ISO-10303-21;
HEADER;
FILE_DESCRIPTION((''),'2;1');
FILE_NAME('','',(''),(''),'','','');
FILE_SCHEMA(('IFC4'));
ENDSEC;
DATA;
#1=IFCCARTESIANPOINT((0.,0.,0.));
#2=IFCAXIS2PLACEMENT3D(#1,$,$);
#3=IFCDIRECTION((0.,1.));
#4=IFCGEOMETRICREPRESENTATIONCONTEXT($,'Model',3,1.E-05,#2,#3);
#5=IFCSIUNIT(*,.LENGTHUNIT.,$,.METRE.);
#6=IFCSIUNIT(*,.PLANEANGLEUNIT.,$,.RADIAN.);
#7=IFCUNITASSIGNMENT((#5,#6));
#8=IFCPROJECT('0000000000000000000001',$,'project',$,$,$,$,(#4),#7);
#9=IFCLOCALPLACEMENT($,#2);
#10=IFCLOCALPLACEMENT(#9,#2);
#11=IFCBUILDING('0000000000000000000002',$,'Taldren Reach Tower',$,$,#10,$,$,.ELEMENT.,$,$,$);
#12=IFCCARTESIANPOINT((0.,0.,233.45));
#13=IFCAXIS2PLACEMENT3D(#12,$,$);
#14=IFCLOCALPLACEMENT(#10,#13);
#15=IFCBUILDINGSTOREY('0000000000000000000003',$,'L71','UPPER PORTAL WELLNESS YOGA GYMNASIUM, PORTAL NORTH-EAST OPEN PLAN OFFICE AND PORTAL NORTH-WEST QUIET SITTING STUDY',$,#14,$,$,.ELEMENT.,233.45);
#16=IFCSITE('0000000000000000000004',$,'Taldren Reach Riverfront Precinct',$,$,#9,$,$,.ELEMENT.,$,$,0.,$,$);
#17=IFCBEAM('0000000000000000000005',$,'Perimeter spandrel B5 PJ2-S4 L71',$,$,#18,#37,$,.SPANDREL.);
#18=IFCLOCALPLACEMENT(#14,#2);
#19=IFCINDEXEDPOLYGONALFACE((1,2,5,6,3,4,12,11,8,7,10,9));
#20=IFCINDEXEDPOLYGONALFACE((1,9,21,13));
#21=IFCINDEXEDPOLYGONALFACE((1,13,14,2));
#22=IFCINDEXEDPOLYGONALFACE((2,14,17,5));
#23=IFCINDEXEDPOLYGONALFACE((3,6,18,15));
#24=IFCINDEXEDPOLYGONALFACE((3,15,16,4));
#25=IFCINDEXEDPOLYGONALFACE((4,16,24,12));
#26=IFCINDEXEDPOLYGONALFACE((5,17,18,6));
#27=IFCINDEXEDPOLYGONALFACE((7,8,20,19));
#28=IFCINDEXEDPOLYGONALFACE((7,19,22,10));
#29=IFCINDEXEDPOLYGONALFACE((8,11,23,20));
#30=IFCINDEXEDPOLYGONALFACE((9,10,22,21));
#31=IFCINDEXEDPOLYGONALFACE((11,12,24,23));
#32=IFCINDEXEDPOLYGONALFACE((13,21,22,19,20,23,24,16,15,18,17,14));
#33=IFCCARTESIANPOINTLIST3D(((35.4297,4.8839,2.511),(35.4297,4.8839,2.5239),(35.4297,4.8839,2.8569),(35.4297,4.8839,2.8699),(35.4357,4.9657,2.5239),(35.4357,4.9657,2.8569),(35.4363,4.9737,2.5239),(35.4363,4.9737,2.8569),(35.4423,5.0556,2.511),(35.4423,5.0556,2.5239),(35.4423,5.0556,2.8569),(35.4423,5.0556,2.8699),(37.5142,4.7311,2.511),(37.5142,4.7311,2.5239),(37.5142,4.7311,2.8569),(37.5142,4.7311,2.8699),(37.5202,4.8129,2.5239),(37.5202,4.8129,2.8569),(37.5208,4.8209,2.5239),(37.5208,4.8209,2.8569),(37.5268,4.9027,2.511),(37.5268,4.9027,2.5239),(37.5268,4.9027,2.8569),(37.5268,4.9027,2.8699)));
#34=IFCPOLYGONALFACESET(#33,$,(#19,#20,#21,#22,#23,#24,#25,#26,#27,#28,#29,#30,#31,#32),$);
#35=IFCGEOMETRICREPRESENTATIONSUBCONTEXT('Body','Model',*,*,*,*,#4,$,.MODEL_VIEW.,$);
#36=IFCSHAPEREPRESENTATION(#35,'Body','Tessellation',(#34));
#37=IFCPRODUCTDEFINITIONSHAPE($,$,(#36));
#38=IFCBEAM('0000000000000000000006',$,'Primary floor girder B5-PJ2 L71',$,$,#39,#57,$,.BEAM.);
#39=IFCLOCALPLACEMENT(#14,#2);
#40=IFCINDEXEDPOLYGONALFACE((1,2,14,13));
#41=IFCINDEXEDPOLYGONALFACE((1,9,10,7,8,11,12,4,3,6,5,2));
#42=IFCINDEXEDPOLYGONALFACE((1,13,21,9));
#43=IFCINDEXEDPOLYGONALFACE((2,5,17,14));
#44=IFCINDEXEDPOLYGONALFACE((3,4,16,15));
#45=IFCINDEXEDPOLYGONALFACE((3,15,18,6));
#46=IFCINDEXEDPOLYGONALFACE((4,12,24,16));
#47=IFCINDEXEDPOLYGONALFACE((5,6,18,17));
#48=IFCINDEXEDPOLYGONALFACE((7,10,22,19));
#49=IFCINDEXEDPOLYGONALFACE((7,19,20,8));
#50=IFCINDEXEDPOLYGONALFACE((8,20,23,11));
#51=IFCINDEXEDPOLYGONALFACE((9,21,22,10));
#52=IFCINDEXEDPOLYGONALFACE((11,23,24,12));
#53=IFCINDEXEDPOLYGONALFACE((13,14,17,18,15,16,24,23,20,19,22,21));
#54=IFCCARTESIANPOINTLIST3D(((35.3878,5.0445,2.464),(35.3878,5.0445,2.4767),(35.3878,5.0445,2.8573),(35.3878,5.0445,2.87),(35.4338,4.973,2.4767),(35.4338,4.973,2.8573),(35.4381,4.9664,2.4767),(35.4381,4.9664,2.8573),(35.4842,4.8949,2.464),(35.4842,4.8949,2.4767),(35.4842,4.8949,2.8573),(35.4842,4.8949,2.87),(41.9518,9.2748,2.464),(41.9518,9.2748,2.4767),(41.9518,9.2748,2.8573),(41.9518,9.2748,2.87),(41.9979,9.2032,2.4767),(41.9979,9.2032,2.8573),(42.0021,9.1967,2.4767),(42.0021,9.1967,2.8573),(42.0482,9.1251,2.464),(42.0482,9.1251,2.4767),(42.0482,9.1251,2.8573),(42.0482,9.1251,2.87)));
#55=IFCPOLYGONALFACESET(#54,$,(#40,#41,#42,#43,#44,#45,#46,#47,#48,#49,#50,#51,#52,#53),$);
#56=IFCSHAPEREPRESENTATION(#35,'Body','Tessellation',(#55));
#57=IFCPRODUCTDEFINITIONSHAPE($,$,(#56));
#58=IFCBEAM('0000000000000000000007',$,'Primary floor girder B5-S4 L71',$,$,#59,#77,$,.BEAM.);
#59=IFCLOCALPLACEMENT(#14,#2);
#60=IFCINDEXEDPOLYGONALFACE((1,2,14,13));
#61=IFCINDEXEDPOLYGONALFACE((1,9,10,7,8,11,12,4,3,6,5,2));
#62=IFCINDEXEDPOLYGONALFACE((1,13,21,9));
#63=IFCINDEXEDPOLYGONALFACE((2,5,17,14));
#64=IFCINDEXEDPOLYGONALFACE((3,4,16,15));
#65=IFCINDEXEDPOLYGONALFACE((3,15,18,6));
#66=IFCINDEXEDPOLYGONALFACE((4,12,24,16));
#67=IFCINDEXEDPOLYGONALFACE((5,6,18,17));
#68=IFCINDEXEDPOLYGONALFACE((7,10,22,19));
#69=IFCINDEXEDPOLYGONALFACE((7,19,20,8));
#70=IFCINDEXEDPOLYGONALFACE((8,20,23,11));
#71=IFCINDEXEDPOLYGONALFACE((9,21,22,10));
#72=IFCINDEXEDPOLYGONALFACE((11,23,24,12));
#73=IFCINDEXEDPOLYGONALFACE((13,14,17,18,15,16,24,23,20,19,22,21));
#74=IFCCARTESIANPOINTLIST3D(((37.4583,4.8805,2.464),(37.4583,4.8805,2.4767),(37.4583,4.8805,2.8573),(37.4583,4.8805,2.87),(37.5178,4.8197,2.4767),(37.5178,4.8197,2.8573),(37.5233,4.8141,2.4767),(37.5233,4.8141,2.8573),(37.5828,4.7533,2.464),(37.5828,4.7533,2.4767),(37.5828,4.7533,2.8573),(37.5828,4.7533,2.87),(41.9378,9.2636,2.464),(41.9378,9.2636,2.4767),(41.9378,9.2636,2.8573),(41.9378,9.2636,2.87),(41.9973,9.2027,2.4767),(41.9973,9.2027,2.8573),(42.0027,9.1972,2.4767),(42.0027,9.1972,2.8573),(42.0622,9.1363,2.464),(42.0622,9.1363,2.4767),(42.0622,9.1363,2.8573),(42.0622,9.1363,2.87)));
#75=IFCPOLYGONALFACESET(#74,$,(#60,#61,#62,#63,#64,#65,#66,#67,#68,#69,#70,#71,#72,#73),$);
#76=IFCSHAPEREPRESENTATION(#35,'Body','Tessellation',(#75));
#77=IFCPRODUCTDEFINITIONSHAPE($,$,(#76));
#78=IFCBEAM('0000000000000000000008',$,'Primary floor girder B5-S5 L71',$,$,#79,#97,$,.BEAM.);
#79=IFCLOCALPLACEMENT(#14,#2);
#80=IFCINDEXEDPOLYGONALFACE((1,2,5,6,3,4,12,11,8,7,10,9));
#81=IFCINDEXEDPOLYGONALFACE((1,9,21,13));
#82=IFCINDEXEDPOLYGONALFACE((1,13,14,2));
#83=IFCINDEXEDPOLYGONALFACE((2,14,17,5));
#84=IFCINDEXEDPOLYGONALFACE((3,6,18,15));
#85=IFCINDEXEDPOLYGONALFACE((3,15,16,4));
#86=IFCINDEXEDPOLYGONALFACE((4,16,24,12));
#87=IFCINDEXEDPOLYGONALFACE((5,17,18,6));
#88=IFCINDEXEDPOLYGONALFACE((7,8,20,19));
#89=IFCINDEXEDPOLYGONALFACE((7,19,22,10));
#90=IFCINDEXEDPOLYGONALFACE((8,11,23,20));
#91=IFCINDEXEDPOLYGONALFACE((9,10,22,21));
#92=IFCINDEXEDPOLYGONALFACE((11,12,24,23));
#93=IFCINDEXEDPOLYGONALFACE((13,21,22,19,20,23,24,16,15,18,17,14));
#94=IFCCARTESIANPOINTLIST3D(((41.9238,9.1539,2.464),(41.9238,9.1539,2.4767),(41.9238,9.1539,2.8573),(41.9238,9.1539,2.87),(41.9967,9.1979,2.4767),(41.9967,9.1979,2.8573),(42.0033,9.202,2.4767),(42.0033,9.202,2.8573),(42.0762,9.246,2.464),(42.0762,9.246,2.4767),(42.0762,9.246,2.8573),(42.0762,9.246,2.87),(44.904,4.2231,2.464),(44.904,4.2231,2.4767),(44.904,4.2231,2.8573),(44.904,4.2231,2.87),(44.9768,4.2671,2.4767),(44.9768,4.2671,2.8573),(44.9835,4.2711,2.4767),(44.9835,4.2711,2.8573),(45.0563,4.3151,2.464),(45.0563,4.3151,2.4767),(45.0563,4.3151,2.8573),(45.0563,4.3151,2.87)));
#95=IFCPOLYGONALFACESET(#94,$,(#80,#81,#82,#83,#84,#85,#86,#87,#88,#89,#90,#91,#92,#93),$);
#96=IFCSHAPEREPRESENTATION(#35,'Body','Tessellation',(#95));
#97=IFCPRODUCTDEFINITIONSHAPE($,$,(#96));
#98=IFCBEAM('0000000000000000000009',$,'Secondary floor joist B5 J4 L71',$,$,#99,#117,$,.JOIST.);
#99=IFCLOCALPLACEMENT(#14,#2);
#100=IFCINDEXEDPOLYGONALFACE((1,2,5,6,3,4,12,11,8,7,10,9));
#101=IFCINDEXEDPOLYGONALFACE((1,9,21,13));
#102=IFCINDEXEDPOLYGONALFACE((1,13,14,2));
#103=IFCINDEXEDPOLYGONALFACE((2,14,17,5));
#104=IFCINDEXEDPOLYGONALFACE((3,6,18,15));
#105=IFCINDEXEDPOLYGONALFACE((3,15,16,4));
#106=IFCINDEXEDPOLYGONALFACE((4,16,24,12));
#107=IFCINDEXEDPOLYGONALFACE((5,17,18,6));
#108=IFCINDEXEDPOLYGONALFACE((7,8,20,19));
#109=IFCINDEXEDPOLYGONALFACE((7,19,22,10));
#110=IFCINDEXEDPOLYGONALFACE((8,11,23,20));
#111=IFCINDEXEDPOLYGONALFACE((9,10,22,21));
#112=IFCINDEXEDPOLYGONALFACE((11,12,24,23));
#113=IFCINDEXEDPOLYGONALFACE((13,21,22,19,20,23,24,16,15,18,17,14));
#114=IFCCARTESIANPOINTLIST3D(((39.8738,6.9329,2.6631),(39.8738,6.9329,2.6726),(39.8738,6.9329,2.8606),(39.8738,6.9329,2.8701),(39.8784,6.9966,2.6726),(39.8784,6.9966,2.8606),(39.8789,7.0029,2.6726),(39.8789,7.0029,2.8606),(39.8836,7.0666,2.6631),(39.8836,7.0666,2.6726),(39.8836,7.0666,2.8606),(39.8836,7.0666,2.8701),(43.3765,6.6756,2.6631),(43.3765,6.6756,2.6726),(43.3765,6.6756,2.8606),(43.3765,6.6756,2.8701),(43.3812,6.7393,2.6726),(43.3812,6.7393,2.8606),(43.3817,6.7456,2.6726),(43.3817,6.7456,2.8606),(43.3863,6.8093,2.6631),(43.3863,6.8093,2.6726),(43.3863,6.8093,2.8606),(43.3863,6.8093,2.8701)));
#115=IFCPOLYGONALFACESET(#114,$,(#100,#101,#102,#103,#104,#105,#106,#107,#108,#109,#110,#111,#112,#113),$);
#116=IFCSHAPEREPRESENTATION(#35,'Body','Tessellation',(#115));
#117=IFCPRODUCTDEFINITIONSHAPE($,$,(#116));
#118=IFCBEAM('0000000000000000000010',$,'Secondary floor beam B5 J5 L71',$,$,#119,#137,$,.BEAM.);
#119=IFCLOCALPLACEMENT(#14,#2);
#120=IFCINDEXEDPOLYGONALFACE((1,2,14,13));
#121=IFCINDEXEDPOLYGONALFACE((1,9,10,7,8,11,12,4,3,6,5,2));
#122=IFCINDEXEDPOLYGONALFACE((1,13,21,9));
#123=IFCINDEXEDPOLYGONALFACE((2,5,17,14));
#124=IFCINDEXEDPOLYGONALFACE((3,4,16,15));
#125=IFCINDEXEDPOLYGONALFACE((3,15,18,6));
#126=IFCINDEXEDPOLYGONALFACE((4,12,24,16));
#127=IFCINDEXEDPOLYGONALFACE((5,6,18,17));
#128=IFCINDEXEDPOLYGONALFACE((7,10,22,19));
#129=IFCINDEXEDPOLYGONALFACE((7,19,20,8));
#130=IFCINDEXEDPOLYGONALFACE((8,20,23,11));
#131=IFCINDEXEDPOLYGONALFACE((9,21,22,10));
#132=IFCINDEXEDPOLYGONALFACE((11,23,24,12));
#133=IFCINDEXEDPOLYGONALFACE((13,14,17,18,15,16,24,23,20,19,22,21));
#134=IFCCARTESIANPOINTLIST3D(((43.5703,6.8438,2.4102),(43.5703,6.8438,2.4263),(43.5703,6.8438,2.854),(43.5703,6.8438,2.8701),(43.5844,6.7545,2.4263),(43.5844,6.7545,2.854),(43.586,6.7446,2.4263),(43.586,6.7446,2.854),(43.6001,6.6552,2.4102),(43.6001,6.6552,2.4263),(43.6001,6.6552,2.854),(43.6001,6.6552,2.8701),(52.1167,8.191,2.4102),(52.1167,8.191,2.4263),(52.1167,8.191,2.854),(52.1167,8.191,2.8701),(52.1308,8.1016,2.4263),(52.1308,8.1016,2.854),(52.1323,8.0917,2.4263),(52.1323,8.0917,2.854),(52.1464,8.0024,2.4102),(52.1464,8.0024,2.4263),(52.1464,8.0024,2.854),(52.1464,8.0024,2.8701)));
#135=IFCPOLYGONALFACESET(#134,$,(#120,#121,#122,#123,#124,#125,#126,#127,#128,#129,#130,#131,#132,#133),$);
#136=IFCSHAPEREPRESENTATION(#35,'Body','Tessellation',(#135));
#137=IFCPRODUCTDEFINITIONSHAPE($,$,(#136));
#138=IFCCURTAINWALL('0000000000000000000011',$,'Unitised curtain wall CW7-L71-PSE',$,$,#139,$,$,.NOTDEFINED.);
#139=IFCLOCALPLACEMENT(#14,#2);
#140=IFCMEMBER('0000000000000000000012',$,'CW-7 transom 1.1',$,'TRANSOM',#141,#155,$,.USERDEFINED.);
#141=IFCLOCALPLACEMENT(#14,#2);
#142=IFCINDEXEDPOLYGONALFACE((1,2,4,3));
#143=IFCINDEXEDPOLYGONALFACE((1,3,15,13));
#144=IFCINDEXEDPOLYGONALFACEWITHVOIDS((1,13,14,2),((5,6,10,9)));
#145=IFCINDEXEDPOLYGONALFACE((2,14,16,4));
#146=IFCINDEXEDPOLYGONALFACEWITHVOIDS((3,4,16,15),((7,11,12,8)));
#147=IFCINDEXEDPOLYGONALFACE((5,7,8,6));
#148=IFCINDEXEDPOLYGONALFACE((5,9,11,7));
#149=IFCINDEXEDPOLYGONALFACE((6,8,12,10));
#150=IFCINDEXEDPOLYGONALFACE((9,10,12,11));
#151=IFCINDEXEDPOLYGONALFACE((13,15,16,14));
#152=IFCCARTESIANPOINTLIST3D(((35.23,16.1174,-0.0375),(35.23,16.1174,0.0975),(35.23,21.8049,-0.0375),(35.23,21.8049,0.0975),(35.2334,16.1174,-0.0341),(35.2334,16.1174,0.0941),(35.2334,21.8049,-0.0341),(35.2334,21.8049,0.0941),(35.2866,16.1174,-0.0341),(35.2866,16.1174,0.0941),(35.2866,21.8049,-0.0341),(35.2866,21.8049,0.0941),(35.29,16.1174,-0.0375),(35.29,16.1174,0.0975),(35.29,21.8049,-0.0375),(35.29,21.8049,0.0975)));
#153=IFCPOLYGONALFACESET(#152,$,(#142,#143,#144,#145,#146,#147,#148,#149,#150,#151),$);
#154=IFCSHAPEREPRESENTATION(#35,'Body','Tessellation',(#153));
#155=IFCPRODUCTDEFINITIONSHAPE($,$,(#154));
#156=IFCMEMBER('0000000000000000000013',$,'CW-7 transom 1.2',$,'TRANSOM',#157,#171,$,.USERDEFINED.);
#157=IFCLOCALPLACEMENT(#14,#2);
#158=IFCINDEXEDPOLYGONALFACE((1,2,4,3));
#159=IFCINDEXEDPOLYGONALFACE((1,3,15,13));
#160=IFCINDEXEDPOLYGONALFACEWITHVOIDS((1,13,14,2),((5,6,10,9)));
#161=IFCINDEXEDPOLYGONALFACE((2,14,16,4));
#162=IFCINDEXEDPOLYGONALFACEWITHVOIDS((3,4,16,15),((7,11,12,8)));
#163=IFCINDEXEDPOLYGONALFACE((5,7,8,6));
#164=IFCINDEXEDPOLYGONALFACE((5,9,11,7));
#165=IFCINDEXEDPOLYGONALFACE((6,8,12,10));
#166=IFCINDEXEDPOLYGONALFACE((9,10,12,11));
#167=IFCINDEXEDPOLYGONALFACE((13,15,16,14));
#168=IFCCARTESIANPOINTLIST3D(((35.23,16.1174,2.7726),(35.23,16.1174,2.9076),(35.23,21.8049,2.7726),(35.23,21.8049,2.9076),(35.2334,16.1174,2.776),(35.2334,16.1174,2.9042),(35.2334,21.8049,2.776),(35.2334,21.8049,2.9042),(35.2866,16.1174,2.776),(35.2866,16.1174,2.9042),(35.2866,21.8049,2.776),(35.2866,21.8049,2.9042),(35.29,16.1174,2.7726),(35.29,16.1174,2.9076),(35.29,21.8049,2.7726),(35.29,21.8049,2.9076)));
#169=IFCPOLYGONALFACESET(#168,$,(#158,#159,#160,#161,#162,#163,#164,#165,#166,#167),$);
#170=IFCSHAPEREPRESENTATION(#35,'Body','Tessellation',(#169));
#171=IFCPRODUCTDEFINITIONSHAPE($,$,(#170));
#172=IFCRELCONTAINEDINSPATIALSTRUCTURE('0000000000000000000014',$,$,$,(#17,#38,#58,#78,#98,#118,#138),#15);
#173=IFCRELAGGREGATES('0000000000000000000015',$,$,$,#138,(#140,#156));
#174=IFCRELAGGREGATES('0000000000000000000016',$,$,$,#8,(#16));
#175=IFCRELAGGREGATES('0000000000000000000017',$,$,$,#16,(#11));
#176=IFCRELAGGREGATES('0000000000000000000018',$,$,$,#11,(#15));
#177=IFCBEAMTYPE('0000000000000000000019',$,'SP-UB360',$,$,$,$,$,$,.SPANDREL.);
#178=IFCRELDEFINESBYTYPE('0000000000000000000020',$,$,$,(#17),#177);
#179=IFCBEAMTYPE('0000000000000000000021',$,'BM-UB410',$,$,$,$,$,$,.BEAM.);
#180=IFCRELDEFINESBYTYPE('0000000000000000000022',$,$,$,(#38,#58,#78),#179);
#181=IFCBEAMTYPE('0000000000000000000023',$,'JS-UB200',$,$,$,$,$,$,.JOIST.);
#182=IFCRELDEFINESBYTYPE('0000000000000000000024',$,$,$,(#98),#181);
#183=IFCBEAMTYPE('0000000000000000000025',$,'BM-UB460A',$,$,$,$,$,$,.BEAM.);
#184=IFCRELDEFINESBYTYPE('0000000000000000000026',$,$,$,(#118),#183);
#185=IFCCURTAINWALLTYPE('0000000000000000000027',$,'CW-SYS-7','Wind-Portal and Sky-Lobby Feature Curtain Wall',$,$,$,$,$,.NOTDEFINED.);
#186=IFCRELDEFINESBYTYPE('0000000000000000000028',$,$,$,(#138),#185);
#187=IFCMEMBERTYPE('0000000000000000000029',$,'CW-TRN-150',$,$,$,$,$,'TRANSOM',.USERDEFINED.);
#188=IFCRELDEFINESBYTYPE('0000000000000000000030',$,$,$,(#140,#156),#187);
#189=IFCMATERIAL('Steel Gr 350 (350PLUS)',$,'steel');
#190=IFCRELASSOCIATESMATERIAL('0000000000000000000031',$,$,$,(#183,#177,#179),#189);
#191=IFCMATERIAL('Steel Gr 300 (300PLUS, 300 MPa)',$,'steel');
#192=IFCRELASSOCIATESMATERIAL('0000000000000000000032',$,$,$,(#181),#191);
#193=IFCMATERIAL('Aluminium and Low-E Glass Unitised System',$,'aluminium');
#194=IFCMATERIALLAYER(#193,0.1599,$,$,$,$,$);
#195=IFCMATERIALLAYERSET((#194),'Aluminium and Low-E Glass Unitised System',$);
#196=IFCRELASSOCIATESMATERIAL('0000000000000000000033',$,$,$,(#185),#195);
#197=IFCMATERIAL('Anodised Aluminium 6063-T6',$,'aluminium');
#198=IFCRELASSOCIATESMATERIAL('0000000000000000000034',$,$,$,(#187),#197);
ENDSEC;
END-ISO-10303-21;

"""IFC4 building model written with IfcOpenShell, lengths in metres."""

from ifc_helpers import new_model, si_unit, direction, frame, origin, origin_2d, place, context, subcontext, project, spatial, hollow_rectangle, i_section, extrude, source, transform, mapped, material, layer, layer_set, material_profile, profile_set, type_object, element, aggregate, save


model = new_model("IFC4")

# Units and contexts
model_context = context("Model", 3, precision=1e-05, world=origin(), true_north=direction((0.0, 1.0)))
body_context = subcontext(model_context, "Body", "Model", "MODEL_VIEW")
ifc_project = project(units=[si_unit("LENGTHUNIT", "METRE"), si_unit("PLANEANGLEUNIT", "RADIAN")], contexts=[model_context])

# Site, building, storey
site_placement = place(None, origin())
site = spatial("IfcSite", under=ifc_project, at=site_placement, Name="Taldren Reach Riverfront Precinct", CompositionType="ELEMENT", RefElevation=0.0)
building_placement = place(site_placement, origin())
building = spatial("IfcBuilding", under=site, at=building_placement, Name="Taldren Reach Tower", CompositionType="ELEMENT")
storey_placement = place(building_placement, frame((0.0, 0.0, 233.45)))
storey = spatial("IfcBuildingStorey", under=building, at=storey_placement, Name="L71", Description="UPPER PORTAL WELLNESS YOGA GYMNASIUM, PORTAL NORTH-EAST OPEN PLAN OFFICE AND PORTAL NORTH-WEST QUIET SITTING STUDY", CompositionType="ELEMENT", Elevation=233.45)

# Shared definitions
ifc_material_1 = material(Name="Steel Gr 350 (350PLUS)", Category="steel")

# Beams
ifc_material_profile_1 = material_profile(ifc_material_1, i_section(OverallWidth=0.1909, OverallDepth=0.46, WebThickness=0.01, FlangeThickness=0.0161, at=origin_2d()), Name="460UB82.1")
ifc_profile_set_1 = profile_set([ifc_material_profile_1], Name="Steel Gr 350 (350PLUS)")
beam_type_1 = type_object("IfcBeamType", Name="BM-UB460A", PredefinedType="BEAM", material=ifc_profile_set_1)
ifc_material_profile_2 = material_profile(ifc_material_1, i_section(OverallWidth=0.1721, OverallDepth=0.3589, WebThickness=0.0081, FlangeThickness=0.0129, at=origin_2d()), Name="360UB56.7")
ifc_profile_set_2 = profile_set([ifc_material_profile_2], Name="Steel Gr 350 (350PLUS)")
beam_type_2 = type_object("IfcBeamType", Name="SP-UB360", PredefinedType="SPANDREL", material=ifc_profile_set_2)
shared_shape_1 = source(origin(), body_context, "Body", "SweptSolid", [
    extrude(i_section(OverallWidth=0.1721, OverallDepth=0.3589, WebThickness=0.0081, FlangeThickness=0.0129, at=origin_2d()), origin(), (0.0, 0.0, 1.0), 2.0901),
])
beam_1_placement = place(storey_placement, frame((35.436, 4.9697, 2.6904), z_axis=(0.997323, -0.073123, 0.0), x_axis=(0.073123, 0.997323, 0.0)))
element("IfcBeam", 1, at=beam_1_placement, inside=storey, type_object=beam_type_2, Name="Perimeter spandrel B5 PJ2-S4 L71", PredefinedType="SPANDREL", context=body_context, shape_type="MappedRepresentation", body=[
    mapped(shared_shape_1, transform((0.0, 0.0, 0.0), scale=1.0)),
])
ifc_material_profile_3 = material_profile(ifc_material_1, i_section(OverallWidth=0.178, OverallDepth=0.406, WebThickness=0.0078, FlangeThickness=0.0127, at=origin_2d()), Name="410UB59.7")
ifc_profile_set_3 = profile_set([ifc_material_profile_3], Name="Steel Gr 350 (350PLUS)")
beam_type_3 = type_object("IfcBeamType", Name="BM-UB410", PredefinedType="BEAM", material=ifc_profile_set_3)
shared_shape_2 = source(origin(), body_context, "Body", "SweptSolid", [
    extrude(i_section(OverallWidth=0.178, OverallDepth=0.406, WebThickness=0.0078, FlangeThickness=0.0127, at=origin_2d()), origin(), (0.0, 0.0, 1.0), 7.8091),
])
beam_2_placement = place(storey_placement, frame((42.0, 9.2, 2.667), z_axis=(-0.840564, -0.541712, 0.0), x_axis=(0.541712, -0.840564, 0.0)))
element("IfcBeam", 2, at=beam_2_placement, inside=storey, type_object=beam_type_3, Name="Primary floor girder B5-PJ2 L71", PredefinedType="BEAM", context=body_context, shape_type="MappedRepresentation", body=[
    mapped(shared_shape_2, transform((0.0, 0.0, 0.0), scale=1.0)),
])
shared_shape_3 = source(origin(), body_context, "Body", "SweptSolid", [
    extrude(i_section(OverallWidth=0.178, OverallDepth=0.406, WebThickness=0.0078, FlangeThickness=0.0127, at=origin_2d()), origin(), (0.0, 0.0, 1.0), 6.2671),
])
beam_3_placement = place(storey_placement, frame((42.0, 9.2, 2.667), z_axis=(-0.714759, -0.699371, 0.0), x_axis=(0.699371, -0.714759, 0.0)))
element("IfcBeam", 3, at=beam_3_placement, inside=storey, type_object=beam_type_3, Name="Primary floor girder B5-S4 L71", PredefinedType="BEAM", context=body_context, shape_type="MappedRepresentation", body=[
    mapped(shared_shape_3, transform((0.0, 0.0, 0.0), scale=1.0)),
])
shared_shape_4 = source(origin(), body_context, "Body", "SweptSolid", [
    extrude(i_section(OverallWidth=0.178, OverallDepth=0.406, WebThickness=0.0078, FlangeThickness=0.0127, at=origin_2d()), origin(), (0.0, 0.0, 1.0), 5.7615),
])
beam_4_placement = place(storey_placement, frame((42.0, 9.2, 2.667), z_axis=(0.51726, -0.855828, 0.0), x_axis=(0.855828, 0.51726, 0.0)))
element("IfcBeam", 4, at=beam_4_placement, inside=storey, type_object=beam_type_3, Name="Primary floor girder B5-S5 L71", PredefinedType="BEAM", context=body_context, shape_type="MappedRepresentation", body=[
    mapped(shared_shape_4, transform((0.0, 0.0, 0.0), scale=1.0)),
])
ifc_material_2 = material(Name="Steel Gr 300 (300PLUS, 300 MPa)", Category="steel")
ifc_material_profile_4 = material_profile(ifc_material_2, i_section(OverallWidth=0.134, OverallDepth=0.207, WebThickness=0.0063, FlangeThickness=0.0095, at=origin_2d()), Name="200UB29.8")
ifc_profile_set_4 = profile_set([ifc_material_profile_4], Name="Steel Gr 300 (300PLUS, 300 MPa)")
beam_type_4 = type_object("IfcBeamType", Name="JS-UB200", PredefinedType="JOIST", material=ifc_profile_set_4)
shared_shape_5 = source(origin(), body_context, "Body", "SweptSolid", [
    extrude(i_section(OverallWidth=0.134, OverallDepth=0.207, WebThickness=0.0063, FlangeThickness=0.0095, at=origin_2d()), origin(), (0.0, 0.0, 1.0), 3.5122),
])
beam_5_placement = place(storey_placement, frame((39.8787, 6.9998, 2.7666), z_axis=(0.997312, -0.073267, 0.0), x_axis=(0.073267, 0.997312, 0.0)))
element("IfcBeam", 5, at=beam_5_placement, inside=storey, type_object=beam_type_4, Name="Secondary floor joist B5 J4 L71", PredefinedType="JOIST", context=body_context, shape_type="MappedRepresentation", body=[
    mapped(shared_shape_5, transform((0.0, 0.0, 0.0), scale=1.0)),
])
shared_shape_6 = source(origin(), body_context, "Body", "SweptSolid", [
    extrude(i_section(OverallWidth=0.1909, OverallDepth=0.46, WebThickness=0.01, FlangeThickness=0.0161, at=origin_2d()), origin(), (0.0, 0.0, 1.0), 8.6519),
])
beam_6_placement = place(storey_placement, frame((43.5852, 6.7495, 2.6401), z_axis=(0.987803, 0.155708, 0.0), x_axis=(-0.155708, 0.987803, 0.0)))
element("IfcBeam", 6, at=beam_6_placement, inside=storey, type_object=beam_type_1, Name="Secondary floor beam B5 J5 L71", PredefinedType="BEAM", context=body_context, shape_type="MappedRepresentation", body=[
    mapped(shared_shape_6, transform((0.0, 0.0, 0.0), scale=1.0)),
])

# Curtain wall, members
ifc_material_3 = material(Name="Aluminium and Low-E Glass Unitised System", Category="aluminium")
ifc_layer_1 = layer(ifc_material_3, 0.1599)
ifc_layer_set_1 = layer_set([ifc_layer_1], Name="Aluminium and Low-E Glass Unitised System")
curtain_wall_type = type_object("IfcCurtainWallType", Name="CW-SYS-7", Description="Wind-Portal and Sky-Lobby Feature Curtain Wall", PredefinedType="NOTDEFINED", material=ifc_layer_set_1)
curtain_wall_1_placement = place(storey_placement, origin())
curtain_wall_1 = element("IfcCurtainWall", 7, at=curtain_wall_1_placement, inside=storey, type_object=curtain_wall_type, Name="Unitised curtain wall CW7-L71-PSE", PredefinedType="NOTDEFINED")
ifc_material_4 = material(Name="Anodised Aluminium 6063-T6", Category="aluminium")
ifc_material_profile_5 = material_profile(ifc_material_4, hollow_rectangle(XDim=0.0601, YDim=0.135, WallThickness=0.0034, at=origin_2d()), Name="ALU-135x60x3.5RHS")
ifc_profile_set_5 = profile_set([ifc_material_profile_5], Name="Anodised Aluminium 6063-T6")
member_type_1 = type_object("IfcMemberType", Name="CW-TRN-150", ElementType="TRANSOM", PredefinedType="USERDEFINED", material=ifc_profile_set_5)
shared_shape_7 = source(origin(), body_context, "Body", "SweptSolid", [
    extrude(hollow_rectangle(XDim=0.0601, YDim=0.135, WallThickness=0.0034, at=origin_2d()), origin(), (0.0, 0.0, 1.0), 5.6875),
])
member_1_placement = place(storey_placement, frame((35.26, 21.8049, 0.03), z_axis=(0.0, -1.0, 0.0), x_axis=(1.0, 0.0, 0.0)))
member_1 = element("IfcMember", 8, at=member_1_placement, type_object=member_type_1, Name="CW-7 transom 1.1", ObjectType="TRANSOM", PredefinedType="USERDEFINED", context=body_context, shape_type="MappedRepresentation", body=[
    mapped(shared_shape_7, transform((0.0, 0.0, 0.0), scale=1.0)),
])
member_2_placement = place(storey_placement, frame((35.26, 21.8049, 2.8401), z_axis=(0.0, -1.0, 0.0), x_axis=(1.0, 0.0, 0.0)))
member_2 = element("IfcMember", 9, at=member_2_placement, type_object=member_type_1, Name="CW-7 transom 1.2", ObjectType="TRANSOM", PredefinedType="USERDEFINED", context=body_context, shape_type="MappedRepresentation", body=[
    mapped(shared_shape_7, transform((0.0, 0.0, 0.0), scale=1.0)),
])

aggregate(curtain_wall_1, [member_1, member_2])

save(model, "model.ifc")
